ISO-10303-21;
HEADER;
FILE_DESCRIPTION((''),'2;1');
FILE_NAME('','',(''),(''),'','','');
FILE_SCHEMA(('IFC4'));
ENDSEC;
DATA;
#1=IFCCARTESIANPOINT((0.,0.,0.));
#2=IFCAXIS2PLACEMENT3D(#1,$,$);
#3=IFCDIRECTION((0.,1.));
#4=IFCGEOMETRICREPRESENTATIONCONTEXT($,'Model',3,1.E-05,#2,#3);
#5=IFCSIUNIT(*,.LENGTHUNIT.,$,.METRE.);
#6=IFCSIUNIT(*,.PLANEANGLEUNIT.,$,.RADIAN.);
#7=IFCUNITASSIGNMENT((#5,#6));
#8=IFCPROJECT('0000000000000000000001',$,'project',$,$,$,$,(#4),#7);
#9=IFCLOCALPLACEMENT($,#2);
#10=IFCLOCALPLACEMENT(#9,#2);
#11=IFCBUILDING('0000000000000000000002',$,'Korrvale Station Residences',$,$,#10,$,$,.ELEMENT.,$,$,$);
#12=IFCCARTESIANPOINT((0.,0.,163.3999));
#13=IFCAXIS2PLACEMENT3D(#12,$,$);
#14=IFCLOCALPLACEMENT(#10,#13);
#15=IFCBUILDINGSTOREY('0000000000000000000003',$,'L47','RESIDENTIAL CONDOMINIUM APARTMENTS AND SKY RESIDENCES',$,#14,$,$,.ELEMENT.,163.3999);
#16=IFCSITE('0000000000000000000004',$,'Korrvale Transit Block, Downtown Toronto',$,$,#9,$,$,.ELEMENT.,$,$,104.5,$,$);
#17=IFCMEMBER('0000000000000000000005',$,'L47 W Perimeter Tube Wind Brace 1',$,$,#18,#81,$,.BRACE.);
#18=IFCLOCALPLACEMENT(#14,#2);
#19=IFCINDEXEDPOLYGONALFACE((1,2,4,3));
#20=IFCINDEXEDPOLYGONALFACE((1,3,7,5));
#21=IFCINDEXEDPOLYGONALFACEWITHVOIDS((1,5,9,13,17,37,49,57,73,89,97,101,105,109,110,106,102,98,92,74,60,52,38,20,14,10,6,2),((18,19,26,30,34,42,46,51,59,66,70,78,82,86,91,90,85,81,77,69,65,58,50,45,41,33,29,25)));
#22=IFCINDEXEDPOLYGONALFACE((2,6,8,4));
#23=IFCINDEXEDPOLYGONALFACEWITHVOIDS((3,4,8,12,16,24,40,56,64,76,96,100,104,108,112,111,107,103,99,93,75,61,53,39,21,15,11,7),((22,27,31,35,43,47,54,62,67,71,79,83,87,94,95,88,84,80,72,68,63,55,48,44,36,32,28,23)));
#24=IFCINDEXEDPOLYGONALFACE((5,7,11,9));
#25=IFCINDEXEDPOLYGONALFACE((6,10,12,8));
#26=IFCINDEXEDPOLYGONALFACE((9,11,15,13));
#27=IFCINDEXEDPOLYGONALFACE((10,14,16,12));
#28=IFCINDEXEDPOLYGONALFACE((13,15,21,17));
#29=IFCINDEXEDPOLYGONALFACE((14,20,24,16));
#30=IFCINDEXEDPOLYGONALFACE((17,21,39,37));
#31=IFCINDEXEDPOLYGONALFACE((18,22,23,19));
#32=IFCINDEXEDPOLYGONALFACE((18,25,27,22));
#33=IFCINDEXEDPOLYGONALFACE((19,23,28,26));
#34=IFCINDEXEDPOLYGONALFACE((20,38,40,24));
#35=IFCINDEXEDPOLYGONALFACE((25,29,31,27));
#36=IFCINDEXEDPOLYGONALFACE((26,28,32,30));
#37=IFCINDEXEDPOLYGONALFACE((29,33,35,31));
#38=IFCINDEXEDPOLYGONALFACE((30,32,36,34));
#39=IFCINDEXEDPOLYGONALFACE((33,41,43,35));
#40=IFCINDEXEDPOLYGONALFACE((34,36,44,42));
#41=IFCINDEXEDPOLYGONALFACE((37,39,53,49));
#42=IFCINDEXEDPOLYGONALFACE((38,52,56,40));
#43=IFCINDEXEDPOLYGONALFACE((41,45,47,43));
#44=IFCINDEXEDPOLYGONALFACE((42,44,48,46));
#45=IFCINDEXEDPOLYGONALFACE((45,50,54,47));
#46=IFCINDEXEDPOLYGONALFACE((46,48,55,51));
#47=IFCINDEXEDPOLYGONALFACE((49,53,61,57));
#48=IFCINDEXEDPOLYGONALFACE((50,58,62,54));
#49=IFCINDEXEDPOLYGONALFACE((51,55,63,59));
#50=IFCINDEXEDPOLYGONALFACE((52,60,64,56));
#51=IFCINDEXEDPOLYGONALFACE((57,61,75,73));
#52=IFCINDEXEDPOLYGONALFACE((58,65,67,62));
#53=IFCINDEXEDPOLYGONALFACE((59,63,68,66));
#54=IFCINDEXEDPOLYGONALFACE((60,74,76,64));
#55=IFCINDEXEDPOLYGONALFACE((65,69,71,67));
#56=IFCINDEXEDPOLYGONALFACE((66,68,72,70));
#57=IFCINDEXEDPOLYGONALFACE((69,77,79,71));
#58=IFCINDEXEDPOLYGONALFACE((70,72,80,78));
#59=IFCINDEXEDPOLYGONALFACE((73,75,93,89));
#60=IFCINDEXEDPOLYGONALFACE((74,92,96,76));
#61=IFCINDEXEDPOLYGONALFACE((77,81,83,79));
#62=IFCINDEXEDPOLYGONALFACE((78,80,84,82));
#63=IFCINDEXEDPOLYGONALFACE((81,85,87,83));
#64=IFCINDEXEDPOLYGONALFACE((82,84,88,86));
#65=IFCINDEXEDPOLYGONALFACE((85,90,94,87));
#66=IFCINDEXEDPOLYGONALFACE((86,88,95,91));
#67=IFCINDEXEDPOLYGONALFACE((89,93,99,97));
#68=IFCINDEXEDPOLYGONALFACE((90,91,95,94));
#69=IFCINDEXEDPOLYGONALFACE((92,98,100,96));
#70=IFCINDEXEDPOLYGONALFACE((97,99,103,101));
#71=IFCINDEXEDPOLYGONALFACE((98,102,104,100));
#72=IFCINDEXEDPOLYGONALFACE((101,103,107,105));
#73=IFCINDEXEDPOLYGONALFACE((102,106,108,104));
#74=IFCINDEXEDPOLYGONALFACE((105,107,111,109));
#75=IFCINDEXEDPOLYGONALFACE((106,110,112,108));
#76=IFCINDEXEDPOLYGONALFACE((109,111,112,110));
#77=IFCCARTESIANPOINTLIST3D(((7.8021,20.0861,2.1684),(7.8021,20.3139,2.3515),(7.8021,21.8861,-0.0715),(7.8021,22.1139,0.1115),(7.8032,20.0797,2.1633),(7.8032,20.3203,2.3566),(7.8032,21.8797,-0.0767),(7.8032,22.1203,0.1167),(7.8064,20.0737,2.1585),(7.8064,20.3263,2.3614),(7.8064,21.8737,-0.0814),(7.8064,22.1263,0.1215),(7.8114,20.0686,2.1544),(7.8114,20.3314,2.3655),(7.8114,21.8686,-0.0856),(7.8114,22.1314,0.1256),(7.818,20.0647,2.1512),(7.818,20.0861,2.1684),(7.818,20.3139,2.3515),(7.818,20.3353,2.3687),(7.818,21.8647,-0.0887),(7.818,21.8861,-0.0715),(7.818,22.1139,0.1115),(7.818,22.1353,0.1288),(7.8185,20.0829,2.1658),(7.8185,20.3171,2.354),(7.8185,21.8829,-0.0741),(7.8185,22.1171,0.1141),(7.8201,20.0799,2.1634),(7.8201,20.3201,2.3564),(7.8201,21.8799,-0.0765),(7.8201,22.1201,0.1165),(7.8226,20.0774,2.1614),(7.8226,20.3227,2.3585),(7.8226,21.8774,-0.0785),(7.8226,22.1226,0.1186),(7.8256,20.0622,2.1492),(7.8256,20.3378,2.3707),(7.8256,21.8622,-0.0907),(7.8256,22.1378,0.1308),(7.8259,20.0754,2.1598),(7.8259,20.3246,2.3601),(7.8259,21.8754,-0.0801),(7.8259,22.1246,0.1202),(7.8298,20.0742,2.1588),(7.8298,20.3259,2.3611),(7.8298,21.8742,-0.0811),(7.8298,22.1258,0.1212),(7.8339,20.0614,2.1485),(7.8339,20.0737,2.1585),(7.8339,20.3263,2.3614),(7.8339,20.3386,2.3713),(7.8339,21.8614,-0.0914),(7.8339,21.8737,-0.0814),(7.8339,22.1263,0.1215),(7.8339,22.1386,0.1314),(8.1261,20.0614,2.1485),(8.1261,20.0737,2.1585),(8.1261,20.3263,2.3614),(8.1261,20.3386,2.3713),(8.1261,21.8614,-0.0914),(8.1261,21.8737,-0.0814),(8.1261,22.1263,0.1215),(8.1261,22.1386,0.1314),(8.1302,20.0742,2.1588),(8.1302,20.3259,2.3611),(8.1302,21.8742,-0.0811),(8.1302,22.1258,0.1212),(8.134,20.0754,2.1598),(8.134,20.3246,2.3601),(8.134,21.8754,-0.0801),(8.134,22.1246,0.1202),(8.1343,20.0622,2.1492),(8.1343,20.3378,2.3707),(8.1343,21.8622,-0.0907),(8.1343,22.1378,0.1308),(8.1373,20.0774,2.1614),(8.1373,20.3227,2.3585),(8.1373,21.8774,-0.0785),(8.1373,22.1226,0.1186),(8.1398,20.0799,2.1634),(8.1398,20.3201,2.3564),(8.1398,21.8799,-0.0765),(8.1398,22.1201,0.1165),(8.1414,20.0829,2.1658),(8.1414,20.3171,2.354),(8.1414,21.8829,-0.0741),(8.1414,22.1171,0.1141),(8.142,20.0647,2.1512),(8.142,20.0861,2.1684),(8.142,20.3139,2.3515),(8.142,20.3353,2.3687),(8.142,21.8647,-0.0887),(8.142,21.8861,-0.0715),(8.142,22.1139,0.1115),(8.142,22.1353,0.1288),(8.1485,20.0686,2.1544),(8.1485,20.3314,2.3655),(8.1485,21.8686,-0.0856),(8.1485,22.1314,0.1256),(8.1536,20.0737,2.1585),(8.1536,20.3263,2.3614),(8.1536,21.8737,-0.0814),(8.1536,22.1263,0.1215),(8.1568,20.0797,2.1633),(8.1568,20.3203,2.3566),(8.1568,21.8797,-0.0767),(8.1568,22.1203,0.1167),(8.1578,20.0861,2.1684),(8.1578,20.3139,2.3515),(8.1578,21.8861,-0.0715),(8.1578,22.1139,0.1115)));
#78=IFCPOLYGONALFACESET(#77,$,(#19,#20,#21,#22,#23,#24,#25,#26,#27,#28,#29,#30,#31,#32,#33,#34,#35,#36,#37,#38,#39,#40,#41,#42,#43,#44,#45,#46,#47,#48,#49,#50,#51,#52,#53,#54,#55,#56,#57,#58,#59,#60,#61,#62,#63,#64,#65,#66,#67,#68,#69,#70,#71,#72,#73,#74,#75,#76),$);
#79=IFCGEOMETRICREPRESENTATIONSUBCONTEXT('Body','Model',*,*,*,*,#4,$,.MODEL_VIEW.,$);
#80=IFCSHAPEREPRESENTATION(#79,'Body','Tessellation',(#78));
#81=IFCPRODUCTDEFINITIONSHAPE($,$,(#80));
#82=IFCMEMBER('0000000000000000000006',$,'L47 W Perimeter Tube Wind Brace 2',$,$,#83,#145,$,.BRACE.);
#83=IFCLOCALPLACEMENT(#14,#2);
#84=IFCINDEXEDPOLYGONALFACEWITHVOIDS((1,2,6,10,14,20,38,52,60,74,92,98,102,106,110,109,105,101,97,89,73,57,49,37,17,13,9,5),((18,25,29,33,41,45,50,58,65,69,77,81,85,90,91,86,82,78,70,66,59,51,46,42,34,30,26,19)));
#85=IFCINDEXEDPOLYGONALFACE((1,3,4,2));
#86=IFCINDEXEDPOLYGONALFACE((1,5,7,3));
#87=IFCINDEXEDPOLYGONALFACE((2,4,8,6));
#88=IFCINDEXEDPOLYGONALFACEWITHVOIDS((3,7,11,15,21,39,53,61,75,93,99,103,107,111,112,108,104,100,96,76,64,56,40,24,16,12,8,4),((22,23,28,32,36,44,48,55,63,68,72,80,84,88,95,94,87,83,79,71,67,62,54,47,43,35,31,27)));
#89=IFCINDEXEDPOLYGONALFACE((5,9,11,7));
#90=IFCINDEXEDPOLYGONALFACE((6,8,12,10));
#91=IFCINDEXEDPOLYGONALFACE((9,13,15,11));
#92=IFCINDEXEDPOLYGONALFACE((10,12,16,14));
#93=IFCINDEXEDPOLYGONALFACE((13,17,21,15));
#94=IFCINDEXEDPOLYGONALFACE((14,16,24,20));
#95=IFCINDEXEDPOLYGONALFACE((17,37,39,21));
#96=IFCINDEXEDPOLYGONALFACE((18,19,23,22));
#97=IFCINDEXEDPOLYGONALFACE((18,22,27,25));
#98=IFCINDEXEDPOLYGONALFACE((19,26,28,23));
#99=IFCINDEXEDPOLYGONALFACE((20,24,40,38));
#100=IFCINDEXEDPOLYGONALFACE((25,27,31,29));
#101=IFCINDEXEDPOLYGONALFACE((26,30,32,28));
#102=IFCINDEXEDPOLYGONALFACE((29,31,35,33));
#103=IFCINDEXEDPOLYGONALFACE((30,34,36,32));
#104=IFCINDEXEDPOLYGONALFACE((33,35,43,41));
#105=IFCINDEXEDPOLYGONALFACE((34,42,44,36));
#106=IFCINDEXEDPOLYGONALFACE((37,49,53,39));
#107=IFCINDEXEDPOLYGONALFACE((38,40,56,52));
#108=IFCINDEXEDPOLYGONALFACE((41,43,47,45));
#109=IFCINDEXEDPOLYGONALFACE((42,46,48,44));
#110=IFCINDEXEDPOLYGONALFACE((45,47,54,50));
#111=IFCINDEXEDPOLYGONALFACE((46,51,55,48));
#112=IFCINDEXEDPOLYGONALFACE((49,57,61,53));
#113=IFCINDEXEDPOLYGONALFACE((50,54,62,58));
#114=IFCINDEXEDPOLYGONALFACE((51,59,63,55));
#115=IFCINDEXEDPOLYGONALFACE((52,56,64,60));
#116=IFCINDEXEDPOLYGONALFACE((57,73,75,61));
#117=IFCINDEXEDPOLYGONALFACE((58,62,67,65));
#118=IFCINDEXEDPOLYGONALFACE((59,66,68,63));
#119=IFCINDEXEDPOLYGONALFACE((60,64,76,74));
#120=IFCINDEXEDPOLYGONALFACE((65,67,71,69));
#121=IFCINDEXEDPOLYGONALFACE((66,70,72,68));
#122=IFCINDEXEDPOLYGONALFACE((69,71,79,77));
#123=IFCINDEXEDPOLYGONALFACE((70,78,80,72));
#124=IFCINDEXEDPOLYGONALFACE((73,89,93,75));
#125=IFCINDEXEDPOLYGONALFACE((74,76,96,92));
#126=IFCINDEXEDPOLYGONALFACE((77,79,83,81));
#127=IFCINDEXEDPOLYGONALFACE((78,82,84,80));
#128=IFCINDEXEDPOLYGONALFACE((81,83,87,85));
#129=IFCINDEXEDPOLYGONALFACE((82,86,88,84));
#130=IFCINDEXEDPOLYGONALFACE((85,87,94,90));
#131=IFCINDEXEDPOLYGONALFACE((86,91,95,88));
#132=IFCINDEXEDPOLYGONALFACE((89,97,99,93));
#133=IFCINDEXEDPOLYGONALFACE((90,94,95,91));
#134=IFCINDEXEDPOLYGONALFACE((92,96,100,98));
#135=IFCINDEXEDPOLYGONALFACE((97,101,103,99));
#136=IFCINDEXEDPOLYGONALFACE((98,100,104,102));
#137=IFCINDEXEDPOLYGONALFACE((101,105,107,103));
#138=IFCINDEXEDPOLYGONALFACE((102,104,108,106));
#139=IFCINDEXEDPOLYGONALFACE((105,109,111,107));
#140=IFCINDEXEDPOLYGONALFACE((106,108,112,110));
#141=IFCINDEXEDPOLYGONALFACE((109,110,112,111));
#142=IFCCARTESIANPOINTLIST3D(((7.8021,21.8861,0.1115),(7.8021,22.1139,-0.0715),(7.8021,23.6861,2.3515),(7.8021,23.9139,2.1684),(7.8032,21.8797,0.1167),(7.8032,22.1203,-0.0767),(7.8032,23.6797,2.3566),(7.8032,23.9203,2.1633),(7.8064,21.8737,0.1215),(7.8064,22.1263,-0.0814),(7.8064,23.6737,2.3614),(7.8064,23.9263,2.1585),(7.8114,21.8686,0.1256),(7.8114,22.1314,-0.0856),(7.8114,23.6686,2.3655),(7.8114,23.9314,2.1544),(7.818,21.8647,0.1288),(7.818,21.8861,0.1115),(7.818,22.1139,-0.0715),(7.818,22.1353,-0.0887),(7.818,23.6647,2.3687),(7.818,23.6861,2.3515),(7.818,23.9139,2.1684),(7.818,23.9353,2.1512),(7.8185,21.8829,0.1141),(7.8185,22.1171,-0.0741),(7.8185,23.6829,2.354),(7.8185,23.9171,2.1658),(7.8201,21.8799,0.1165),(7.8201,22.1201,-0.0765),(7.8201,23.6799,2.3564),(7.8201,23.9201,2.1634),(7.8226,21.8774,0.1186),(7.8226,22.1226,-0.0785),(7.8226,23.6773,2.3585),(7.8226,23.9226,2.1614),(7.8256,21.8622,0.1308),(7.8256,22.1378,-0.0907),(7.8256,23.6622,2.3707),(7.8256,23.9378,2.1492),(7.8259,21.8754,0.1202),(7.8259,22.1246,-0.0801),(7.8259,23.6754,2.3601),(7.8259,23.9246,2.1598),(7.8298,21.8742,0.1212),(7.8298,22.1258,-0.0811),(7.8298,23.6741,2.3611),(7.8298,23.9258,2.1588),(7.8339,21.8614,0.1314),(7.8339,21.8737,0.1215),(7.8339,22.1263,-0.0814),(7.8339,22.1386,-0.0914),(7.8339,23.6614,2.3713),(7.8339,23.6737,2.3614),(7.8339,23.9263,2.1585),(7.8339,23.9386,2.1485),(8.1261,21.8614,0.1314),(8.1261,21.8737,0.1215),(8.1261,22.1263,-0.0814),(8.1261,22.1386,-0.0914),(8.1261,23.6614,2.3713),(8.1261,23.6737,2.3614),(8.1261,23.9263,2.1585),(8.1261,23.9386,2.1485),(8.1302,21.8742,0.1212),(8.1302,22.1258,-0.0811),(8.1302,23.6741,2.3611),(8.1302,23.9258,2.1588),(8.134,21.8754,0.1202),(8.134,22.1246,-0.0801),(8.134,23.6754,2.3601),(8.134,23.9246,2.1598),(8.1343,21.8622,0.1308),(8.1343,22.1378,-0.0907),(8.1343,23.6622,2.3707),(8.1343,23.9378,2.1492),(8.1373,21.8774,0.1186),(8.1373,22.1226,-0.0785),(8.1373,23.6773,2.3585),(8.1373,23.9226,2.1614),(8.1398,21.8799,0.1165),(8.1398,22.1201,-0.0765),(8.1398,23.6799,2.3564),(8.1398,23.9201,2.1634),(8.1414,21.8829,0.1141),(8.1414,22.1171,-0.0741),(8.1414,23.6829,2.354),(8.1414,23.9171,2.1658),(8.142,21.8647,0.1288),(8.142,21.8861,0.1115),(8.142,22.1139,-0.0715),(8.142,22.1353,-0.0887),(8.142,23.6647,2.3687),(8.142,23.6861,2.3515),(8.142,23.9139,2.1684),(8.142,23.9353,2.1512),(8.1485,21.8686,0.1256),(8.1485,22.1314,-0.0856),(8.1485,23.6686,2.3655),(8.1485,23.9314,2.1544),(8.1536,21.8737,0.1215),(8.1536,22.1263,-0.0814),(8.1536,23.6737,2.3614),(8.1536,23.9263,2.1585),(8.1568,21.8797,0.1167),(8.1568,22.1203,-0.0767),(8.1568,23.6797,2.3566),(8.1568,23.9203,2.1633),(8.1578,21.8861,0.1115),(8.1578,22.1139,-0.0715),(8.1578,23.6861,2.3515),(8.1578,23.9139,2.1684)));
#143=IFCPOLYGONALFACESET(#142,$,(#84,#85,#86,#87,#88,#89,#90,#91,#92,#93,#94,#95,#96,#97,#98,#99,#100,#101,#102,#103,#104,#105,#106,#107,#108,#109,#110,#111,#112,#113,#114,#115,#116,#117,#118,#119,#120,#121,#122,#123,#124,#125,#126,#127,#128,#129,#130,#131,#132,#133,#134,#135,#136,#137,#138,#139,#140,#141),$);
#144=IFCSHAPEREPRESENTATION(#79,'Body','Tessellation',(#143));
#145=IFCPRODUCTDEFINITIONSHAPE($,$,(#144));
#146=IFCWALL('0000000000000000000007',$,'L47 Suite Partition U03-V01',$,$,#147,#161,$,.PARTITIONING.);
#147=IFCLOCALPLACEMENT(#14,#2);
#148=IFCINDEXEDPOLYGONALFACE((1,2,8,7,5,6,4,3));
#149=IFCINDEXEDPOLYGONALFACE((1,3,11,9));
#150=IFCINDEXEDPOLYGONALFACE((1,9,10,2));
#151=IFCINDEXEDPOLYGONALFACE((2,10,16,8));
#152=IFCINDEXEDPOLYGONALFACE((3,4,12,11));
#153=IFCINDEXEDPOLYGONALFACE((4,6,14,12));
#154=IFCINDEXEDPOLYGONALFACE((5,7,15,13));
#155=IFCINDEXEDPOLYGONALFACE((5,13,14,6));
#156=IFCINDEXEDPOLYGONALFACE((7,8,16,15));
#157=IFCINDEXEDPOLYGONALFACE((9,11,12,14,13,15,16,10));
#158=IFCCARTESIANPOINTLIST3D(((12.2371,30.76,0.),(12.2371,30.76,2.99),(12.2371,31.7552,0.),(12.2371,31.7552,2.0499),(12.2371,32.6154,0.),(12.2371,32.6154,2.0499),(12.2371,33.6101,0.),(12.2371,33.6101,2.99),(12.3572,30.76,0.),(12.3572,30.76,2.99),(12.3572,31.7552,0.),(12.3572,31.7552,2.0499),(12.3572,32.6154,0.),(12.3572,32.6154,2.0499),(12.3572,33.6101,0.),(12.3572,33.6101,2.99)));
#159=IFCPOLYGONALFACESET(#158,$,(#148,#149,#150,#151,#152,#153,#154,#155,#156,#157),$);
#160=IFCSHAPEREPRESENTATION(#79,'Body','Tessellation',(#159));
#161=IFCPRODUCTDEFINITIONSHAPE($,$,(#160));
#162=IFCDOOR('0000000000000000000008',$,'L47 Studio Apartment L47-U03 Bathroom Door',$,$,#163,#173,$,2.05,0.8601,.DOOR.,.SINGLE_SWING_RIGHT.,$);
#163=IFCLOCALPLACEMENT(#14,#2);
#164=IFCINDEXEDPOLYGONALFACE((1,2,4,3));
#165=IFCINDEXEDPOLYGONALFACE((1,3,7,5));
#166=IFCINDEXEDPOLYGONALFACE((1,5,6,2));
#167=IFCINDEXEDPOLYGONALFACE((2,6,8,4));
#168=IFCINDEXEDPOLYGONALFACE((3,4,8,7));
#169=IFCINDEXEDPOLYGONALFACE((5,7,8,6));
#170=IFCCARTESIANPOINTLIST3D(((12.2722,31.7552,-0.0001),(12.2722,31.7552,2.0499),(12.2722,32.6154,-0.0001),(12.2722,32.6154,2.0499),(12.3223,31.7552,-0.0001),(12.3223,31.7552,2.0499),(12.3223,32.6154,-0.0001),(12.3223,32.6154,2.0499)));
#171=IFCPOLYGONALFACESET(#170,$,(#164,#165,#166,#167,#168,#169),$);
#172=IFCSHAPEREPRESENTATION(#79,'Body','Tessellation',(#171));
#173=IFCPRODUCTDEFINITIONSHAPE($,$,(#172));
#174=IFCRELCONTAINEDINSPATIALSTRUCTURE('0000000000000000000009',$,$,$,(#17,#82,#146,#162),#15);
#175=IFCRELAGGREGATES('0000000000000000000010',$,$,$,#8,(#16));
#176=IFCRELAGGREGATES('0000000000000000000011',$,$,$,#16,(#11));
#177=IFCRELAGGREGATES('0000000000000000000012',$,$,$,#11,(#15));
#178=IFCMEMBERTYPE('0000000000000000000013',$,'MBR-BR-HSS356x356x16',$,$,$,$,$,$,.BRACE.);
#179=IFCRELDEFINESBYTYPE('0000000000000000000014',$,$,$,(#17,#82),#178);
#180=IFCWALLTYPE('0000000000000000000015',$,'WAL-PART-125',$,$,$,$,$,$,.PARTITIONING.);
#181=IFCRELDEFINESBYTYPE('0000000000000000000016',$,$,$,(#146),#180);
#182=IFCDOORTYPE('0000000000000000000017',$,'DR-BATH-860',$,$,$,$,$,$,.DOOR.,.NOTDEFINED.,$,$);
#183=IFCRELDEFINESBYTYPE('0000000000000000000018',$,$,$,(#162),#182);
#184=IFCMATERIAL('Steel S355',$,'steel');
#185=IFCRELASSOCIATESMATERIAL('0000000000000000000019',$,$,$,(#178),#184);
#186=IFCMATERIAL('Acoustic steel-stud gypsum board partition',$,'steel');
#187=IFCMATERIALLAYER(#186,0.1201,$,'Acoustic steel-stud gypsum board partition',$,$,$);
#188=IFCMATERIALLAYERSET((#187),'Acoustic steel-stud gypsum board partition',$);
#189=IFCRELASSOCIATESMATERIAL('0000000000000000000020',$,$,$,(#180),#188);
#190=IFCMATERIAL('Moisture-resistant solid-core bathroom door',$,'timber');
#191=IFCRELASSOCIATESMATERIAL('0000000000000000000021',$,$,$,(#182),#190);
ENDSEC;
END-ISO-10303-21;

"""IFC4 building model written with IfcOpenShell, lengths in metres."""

from ifc_helpers import new_model, si_unit, direction, frame, frame_2d, origin, origin_2d, place, context, subcontext, project, spatial, rectangle, hollow_rectangle, extrude, material, layer, layer_set, material_profile, profile_set, type_object, element, fill, save


model = new_model("IFC4")

# Units and contexts
model_context = context("Model", 3, precision=1e-05, world=origin(), true_north=direction((0.0, 1.0)))
body_context = subcontext(model_context, "Body", "Model", "MODEL_VIEW")
ifc_project = project(units=[si_unit("LENGTHUNIT", "METRE"), si_unit("PLANEANGLEUNIT", "RADIAN")], contexts=[model_context])

# Site, building, storey
site_placement = place(None, origin())
site = spatial("IfcSite", under=ifc_project, at=site_placement, Name="Korrvale Transit Block, Downtown Toronto", CompositionType="ELEMENT", RefElevation=104.5)
building_placement = place(site_placement, origin())
building = spatial("IfcBuilding", under=site, at=building_placement, Name="Korrvale Station Residences", CompositionType="ELEMENT")
storey_placement = place(building_placement, frame((0.0, 0.0, 163.3999)))
storey = spatial("IfcBuildingStorey", under=building, at=storey_placement, Name="L47", Description="RESIDENTIAL CONDOMINIUM APARTMENTS AND SKY RESIDENCES", CompositionType="ELEMENT", Elevation=163.3999)

# Shared definitions
ifc_material_1 = material(Name="Steel S355", Category="steel")

# Members
ifc_material_profile_1 = material_profile(ifc_material_1, hollow_rectangle(XDim=0.3557, YDim=0.3557, WallThickness=0.0159, InnerFilletRadius=0.0159, OuterFilletRadius=0.0317, at=origin_2d()), Name="HSS356x356x16")
ifc_profile_set_1 = profile_set([ifc_material_profile_1], Name="Steel S355")
member_type = type_object("IfcMemberType", Name="MBR-BR-HSS356x356x16", PredefinedType="BRACE", material=ifc_profile_set_1)
for number, where, z_axis, x_axis, name in (
    (1, (7.98, 22.0, 0.02), (0.0, -0.626403, 0.779499), (1.0, 0.0, 0.0), "L47 W Perimeter Tube Wind Brace 1"),
    (2, (7.98, 22.0, 0.02), (0.0, 0.626403, 0.779499), (-1.0, 0.0, 0.0), "L47 W Perimeter Tube Wind Brace 2"),
):
    element("IfcMember", number, at=place(storey_placement, frame(where, z_axis=z_axis, x_axis=x_axis)), inside=storey, type_object=member_type, Name=name, PredefinedType="BRACE", context=body_context, shape_type="SweptSolid", body=[
        extrude(hollow_rectangle(XDim=0.3557, YDim=0.3557, WallThickness=0.0159, InnerFilletRadius=0.0159, OuterFilletRadius=0.0317, at=origin_2d()), origin(), (0.0, 0.0, 1.0), 2.8735),
    ])

# Wall, opening, door
ifc_material_2 = material(Name="Acoustic steel-stud gypsum board partition", Category="steel")
ifc_layer_1 = layer(ifc_material_2, 0.1201, Name="Acoustic steel-stud gypsum board partition")
ifc_layer_set_1 = layer_set([ifc_layer_1], Name="Acoustic steel-stud gypsum board partition")
wall_type_1 = type_object("IfcWallType", Name="WAL-PART-125", PredefinedType="PARTITIONING", material=ifc_layer_set_1)
wall_1_placement = place(storey_placement, frame((12.2971, 30.76, 0.0), z_axis=(0.0, 0.0, 1.0), x_axis=(0.0, 1.0, 0.0)))
wall_1 = element("IfcWall", 3, at=wall_1_placement, inside=storey, type_object=wall_type_1, Name="L47 Suite Partition U03-V01", PredefinedType="PARTITIONING", context=body_context, shape_type="SweptSolid", body=[
    extrude(rectangle(XDim=2.8501, YDim=0.1201, at=frame_2d((1.425, 0.0))), origin(), (0.0, 0.0, 1.0), 2.99),
])
opening_1_placement = place(wall_1_placement, frame((0.9951, 0.0, 0.0)))
opening_1 = element("IfcOpeningElement", 4, at=opening_1_placement, cuts=wall_1, PredefinedType="OPENING", context=body_context, shape_type="SweptSolid", body=[
    extrude(rectangle(XDim=0.8601, YDim=2.05, at=frame_2d((0.4302, 1.0249))), frame((0.0, 0.0701, 0.0), z_axis=(0.0, -1.0, 0.0), x_axis=(1.0, 0.0, 0.0)), (0.0, 0.0, 1.0), 0.1401),
])
ifc_material_3 = material(Name="Moisture-resistant solid-core bathroom door", Category="timber")
door_type_1 = type_object("IfcDoorType", Name="DR-BATH-860", OperationType="NOTDEFINED", PredefinedType="DOOR", material=ifc_material_3)
door_1_placement = place(opening_1_placement, origin())
door_1 = element("IfcDoor", 5, at=door_1_placement, inside=storey, type_object=door_type_1, Name="L47 Studio Apartment L47-U03 Bathroom Door", OperationType="SINGLE_SWING_RIGHT", OverallHeight=2.05, OverallWidth=0.8601, PredefinedType="DOOR", context=body_context, shape_type="SweptSolid", body=[
    extrude(rectangle(XDim=0.8601, YDim=2.05, at=frame_2d((0.4302, 1.0249))), frame((0.0, 0.0249, 0.0), z_axis=(0.0, -1.0, 0.0), x_axis=(1.0, 0.0, 0.0)), (0.0, 0.0, 1.0), 0.05),
])
fill(opening_1, door_1)

save(model, "model.ifc")
